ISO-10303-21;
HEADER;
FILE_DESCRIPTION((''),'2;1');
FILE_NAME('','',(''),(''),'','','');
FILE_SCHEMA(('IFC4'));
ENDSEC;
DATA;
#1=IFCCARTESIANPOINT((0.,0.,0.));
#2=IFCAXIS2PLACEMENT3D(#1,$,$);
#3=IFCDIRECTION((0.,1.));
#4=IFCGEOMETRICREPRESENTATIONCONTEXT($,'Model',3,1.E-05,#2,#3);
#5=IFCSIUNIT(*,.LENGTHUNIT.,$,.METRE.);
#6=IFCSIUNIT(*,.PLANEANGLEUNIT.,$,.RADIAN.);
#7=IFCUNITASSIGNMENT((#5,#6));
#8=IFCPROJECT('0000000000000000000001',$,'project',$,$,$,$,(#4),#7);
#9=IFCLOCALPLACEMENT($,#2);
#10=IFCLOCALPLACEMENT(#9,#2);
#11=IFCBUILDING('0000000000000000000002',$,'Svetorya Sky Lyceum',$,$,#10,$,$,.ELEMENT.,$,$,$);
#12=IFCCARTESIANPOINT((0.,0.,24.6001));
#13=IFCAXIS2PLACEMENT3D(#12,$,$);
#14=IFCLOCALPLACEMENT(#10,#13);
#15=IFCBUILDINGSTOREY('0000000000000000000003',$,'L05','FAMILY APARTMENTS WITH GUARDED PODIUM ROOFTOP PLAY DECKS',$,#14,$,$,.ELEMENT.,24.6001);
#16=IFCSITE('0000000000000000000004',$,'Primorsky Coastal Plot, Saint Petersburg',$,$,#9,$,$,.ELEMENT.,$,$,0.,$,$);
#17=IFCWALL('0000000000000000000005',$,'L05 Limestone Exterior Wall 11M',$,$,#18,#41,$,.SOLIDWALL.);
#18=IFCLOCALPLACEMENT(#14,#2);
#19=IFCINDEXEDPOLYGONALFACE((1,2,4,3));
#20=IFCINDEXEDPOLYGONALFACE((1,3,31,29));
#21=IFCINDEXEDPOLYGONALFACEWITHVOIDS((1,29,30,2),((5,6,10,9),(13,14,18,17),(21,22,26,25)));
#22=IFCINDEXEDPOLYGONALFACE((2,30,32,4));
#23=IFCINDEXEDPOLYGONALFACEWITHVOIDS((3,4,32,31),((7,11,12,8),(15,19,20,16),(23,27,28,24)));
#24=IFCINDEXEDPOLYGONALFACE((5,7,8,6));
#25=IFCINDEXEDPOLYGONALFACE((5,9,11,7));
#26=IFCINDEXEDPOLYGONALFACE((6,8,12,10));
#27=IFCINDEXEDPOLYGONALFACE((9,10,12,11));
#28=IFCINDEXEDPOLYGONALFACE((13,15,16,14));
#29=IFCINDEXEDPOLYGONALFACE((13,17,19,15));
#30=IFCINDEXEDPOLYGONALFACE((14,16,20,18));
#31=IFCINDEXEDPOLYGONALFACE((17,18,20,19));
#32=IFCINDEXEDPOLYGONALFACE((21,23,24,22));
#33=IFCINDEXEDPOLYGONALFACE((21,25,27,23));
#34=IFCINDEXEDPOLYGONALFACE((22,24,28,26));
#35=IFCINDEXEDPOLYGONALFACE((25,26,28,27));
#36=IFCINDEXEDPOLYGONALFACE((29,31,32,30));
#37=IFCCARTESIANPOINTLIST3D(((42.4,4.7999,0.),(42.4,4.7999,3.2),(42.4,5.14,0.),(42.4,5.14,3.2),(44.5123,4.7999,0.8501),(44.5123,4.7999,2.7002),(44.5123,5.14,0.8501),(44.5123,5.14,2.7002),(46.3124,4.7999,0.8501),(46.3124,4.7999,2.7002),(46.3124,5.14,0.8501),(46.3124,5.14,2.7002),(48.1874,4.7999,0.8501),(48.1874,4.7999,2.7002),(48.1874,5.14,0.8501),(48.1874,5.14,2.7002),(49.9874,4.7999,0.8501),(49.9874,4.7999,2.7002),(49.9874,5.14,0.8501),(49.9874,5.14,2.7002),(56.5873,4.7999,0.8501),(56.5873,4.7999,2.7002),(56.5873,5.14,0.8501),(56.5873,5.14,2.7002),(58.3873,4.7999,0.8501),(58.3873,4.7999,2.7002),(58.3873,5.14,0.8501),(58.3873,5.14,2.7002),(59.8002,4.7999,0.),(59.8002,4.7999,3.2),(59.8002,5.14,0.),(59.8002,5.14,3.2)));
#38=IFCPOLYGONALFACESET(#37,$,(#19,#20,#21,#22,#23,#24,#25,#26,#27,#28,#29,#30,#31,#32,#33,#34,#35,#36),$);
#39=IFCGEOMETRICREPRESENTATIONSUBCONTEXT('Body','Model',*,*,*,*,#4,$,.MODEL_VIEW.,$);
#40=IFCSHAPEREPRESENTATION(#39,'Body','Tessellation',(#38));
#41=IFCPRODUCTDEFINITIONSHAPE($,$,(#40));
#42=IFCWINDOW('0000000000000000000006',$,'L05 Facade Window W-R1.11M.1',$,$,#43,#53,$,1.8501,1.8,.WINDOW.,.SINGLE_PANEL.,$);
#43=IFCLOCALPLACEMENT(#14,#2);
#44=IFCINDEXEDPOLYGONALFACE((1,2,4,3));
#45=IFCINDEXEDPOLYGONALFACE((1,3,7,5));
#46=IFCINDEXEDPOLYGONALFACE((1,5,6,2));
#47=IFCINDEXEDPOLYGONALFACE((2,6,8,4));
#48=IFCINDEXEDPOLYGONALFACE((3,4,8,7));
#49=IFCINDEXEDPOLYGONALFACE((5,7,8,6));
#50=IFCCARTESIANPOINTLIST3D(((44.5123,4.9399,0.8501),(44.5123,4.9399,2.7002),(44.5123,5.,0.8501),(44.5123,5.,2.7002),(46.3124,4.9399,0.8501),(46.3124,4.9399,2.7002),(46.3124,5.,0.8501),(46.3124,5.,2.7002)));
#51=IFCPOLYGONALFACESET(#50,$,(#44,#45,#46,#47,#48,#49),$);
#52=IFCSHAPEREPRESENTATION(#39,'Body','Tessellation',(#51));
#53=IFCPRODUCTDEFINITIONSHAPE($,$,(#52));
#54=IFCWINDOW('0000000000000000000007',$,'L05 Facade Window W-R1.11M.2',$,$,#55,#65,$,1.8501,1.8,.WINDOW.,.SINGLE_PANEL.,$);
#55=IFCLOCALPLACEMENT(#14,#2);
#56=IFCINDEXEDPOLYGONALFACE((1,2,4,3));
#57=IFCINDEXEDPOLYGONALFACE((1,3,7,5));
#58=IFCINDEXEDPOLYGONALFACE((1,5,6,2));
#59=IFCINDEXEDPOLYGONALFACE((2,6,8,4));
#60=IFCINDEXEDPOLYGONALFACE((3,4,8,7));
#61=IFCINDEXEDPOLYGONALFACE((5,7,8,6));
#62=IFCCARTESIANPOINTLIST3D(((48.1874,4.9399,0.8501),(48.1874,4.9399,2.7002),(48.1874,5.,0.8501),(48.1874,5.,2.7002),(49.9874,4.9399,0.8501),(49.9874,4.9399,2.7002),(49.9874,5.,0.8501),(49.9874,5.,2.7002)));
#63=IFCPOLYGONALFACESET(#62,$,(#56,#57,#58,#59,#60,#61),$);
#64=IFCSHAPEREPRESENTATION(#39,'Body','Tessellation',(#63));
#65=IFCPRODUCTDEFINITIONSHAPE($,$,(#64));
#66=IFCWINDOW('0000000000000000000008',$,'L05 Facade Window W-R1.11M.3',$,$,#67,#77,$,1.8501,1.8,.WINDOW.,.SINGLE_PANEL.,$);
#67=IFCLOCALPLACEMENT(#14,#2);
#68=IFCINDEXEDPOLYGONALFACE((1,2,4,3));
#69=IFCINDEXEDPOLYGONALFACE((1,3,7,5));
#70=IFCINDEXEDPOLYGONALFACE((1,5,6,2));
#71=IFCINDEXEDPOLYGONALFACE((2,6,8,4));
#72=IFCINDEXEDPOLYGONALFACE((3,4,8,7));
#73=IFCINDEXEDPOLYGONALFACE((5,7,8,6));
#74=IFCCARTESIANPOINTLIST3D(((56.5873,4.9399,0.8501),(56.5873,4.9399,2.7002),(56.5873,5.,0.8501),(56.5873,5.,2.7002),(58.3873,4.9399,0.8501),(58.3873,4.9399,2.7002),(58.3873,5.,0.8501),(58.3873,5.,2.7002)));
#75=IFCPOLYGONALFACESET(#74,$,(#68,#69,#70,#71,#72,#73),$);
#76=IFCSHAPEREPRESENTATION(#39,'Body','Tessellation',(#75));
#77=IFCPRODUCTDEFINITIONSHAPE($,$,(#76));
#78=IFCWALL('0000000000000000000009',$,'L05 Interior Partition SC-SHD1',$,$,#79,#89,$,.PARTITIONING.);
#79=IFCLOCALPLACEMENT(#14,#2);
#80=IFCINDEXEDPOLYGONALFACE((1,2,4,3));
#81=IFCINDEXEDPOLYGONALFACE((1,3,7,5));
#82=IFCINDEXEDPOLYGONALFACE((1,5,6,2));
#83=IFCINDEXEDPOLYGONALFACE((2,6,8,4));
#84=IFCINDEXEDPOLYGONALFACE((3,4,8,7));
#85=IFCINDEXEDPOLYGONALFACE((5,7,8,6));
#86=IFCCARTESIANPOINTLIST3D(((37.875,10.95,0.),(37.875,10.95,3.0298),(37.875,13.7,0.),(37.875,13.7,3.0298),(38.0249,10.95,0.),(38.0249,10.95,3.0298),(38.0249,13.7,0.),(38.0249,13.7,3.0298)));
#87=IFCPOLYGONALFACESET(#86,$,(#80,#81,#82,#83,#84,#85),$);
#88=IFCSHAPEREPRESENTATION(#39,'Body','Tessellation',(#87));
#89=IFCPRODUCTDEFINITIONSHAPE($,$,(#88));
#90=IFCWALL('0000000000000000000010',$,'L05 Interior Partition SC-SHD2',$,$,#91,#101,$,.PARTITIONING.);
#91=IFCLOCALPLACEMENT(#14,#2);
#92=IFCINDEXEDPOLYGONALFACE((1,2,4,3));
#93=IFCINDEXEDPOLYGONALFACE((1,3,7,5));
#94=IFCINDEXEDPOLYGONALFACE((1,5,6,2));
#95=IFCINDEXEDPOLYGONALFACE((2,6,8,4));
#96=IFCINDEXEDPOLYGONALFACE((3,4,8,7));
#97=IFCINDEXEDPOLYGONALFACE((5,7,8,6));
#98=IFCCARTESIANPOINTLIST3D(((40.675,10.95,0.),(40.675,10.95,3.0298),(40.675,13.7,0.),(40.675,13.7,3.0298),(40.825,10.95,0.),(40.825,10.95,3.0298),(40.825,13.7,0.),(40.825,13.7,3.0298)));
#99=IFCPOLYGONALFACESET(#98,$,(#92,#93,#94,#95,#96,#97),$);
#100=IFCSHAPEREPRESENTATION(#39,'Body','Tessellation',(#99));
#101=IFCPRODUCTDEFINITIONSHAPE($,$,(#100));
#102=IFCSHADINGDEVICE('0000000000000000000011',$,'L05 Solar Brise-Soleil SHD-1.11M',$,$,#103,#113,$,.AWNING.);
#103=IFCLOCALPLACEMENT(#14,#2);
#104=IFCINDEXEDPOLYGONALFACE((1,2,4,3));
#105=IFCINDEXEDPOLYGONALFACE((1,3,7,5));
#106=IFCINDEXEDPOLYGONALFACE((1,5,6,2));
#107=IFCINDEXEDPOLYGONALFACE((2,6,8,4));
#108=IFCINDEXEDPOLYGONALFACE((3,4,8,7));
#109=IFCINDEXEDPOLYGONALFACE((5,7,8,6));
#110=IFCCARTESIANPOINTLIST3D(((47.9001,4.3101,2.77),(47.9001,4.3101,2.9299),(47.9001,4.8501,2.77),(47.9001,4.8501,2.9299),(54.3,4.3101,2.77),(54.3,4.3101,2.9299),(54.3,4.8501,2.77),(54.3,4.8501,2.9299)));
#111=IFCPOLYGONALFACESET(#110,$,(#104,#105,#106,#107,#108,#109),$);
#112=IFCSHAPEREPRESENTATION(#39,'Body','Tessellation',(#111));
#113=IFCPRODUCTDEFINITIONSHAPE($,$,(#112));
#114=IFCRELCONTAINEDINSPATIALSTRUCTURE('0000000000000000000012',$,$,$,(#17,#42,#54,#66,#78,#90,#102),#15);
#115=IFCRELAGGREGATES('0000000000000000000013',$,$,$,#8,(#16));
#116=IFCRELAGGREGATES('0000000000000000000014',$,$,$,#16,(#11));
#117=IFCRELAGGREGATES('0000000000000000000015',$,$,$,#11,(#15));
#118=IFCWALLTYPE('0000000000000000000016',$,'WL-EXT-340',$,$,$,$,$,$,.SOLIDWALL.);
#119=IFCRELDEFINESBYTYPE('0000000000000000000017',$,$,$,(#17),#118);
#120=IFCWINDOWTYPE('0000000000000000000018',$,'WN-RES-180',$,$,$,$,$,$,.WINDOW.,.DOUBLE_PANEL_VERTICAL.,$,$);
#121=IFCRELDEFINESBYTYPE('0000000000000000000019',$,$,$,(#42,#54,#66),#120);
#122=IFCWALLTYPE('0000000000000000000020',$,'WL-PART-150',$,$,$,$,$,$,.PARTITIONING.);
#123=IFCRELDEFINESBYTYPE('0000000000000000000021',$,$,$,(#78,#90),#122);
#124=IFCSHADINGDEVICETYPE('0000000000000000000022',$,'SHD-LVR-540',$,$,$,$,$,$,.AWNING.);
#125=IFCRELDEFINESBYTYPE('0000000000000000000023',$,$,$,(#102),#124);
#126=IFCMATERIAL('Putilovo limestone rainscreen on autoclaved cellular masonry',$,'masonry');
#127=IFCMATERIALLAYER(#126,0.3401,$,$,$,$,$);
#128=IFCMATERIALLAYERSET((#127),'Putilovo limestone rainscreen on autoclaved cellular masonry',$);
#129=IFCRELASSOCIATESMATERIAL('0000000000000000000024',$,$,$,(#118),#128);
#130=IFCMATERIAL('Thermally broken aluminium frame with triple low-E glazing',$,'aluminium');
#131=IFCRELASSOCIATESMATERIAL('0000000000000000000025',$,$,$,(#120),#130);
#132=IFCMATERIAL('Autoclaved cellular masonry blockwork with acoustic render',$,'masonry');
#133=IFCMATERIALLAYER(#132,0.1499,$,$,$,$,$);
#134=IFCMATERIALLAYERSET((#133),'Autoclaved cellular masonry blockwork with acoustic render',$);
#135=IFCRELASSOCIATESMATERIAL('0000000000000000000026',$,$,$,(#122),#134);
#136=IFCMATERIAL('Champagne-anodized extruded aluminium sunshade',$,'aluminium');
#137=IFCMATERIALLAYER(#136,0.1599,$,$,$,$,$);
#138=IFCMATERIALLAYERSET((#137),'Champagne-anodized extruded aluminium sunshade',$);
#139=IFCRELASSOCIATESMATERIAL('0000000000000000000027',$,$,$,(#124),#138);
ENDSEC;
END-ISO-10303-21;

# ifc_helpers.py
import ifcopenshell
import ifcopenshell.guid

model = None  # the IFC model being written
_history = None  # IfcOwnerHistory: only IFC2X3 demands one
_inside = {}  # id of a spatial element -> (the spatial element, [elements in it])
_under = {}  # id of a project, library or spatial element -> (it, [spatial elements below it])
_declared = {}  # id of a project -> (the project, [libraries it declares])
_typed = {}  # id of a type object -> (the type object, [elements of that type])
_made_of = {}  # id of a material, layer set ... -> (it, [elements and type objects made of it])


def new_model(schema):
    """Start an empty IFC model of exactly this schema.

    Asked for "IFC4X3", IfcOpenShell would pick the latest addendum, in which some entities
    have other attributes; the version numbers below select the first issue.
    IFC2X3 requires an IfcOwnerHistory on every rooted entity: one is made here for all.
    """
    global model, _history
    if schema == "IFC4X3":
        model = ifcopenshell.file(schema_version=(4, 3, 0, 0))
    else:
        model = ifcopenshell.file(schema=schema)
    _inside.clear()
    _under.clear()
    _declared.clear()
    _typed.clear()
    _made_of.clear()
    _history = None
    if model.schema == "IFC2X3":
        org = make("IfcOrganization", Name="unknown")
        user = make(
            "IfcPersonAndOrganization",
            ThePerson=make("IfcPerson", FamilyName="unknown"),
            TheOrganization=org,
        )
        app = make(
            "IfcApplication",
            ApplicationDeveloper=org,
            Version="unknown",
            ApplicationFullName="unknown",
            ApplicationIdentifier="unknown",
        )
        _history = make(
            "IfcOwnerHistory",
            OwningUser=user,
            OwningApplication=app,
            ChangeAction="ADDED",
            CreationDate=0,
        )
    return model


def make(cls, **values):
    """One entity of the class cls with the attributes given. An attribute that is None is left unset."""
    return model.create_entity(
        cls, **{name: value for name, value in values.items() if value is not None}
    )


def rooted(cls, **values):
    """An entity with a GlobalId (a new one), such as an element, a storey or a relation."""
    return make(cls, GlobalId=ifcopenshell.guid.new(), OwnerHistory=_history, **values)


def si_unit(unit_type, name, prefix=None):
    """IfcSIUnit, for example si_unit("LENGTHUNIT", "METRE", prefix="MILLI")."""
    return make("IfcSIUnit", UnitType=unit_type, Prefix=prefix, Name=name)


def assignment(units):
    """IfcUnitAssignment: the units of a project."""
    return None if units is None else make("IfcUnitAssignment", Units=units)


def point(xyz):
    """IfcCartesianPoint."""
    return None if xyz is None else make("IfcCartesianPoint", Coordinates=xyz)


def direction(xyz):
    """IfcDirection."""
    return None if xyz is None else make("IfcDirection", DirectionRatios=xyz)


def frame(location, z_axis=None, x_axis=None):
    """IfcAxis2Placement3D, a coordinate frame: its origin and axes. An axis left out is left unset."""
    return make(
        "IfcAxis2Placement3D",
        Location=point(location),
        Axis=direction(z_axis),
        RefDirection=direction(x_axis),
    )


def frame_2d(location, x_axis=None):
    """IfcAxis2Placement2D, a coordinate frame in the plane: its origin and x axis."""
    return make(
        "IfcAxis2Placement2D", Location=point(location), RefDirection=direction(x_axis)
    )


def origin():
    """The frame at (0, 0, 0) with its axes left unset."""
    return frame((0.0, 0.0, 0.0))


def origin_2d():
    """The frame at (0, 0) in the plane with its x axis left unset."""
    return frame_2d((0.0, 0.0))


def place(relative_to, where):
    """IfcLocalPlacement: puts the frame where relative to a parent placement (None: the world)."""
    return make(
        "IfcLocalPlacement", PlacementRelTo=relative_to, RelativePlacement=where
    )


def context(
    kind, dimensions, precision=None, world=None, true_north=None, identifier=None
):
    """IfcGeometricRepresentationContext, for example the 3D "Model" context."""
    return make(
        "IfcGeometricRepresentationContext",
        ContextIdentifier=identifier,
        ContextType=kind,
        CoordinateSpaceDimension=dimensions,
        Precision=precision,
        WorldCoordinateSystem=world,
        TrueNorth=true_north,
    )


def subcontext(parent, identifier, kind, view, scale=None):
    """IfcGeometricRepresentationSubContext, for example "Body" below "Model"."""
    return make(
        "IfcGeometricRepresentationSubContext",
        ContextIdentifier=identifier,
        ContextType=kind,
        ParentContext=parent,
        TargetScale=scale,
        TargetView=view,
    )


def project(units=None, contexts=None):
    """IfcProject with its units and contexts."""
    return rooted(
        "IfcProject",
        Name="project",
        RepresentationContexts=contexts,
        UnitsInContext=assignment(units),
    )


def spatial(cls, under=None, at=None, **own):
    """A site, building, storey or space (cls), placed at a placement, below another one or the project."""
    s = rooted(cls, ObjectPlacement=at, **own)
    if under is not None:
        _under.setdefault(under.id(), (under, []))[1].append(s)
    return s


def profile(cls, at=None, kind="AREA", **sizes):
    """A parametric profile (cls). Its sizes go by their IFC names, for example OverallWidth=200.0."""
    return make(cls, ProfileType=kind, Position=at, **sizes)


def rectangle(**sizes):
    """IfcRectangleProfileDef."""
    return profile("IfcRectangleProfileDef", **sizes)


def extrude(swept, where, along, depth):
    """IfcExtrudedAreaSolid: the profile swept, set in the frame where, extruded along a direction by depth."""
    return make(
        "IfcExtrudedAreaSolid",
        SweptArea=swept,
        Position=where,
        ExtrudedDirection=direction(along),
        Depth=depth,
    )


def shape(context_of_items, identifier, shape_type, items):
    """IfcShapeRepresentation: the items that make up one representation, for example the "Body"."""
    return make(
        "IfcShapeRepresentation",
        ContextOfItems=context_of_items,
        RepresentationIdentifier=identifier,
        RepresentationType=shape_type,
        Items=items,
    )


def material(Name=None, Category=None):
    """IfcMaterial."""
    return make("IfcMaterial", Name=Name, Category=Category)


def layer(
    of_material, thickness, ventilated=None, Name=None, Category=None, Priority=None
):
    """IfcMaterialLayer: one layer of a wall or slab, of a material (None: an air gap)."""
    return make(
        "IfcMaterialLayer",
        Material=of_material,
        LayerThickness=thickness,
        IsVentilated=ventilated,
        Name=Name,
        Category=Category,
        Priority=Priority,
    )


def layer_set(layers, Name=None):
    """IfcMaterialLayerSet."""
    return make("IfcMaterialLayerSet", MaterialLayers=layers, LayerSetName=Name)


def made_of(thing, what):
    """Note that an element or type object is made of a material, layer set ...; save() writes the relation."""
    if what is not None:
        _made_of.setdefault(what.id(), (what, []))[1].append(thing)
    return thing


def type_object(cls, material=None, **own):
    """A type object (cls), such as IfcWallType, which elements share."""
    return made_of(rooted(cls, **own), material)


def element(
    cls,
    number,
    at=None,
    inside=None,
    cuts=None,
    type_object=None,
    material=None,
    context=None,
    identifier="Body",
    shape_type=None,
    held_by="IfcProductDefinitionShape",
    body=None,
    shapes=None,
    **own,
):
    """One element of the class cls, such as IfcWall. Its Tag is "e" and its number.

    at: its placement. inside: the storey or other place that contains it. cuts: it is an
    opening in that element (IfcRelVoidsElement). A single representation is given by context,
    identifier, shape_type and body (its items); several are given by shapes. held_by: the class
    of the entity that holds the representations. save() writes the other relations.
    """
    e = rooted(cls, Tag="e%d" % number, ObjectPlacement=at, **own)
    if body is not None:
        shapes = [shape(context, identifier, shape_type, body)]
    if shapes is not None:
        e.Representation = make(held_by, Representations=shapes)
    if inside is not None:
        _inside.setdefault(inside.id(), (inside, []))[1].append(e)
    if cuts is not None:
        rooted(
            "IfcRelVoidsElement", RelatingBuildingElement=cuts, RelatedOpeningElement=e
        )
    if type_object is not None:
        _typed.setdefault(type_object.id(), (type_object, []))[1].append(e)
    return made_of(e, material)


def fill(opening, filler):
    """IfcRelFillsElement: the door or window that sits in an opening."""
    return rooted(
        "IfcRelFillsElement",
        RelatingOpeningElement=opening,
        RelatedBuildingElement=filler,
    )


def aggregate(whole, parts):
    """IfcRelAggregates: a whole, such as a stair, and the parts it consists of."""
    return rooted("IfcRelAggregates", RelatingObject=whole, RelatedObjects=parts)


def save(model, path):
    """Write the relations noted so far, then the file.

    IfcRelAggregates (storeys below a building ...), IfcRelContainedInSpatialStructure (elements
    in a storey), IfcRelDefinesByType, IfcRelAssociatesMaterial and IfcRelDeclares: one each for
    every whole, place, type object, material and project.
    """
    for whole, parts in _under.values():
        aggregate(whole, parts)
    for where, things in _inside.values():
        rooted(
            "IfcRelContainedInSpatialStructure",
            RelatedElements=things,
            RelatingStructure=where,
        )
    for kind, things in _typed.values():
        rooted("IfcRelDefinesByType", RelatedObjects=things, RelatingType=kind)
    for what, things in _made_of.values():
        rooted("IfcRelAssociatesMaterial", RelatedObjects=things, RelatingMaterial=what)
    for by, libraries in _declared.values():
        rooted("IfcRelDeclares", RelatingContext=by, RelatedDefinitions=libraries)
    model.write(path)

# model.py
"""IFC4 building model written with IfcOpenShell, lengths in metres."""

from ifc_helpers import new_model, si_unit, direction, frame, frame_2d, origin, origin_2d, place, context, subcontext, project, spatial, rectangle, extrude, material, layer, layer_set, type_object, element, fill, save


model = new_model("IFC4")

# Units and contexts
model_context = context("Model", 3, precision=1e-05, world=origin(), true_north=direction((0.0, 1.0)))
body_context = subcontext(model_context, "Body", "Model", "MODEL_VIEW")
ifc_project = project(units=[si_unit("LENGTHUNIT", "METRE"), si_unit("PLANEANGLEUNIT", "RADIAN")], contexts=[model_context])

# Site, building, storey
site_placement = place(None, origin())
site = spatial("IfcSite", under=ifc_project, at=site_placement, Name="Primorsky Coastal Plot, Saint Petersburg", CompositionType="ELEMENT", RefElevation=0.0)
building_placement = place(site_placement, origin())
building = spatial("IfcBuilding", under=site, at=building_placement, Name="Svetorya Sky Lyceum", CompositionType="ELEMENT")
storey_placement = place(building_placement, frame((0.0, 0.0, 24.6001)))
storey = spatial("IfcBuildingStorey", under=building, at=storey_placement, Name="L05", Description="FAMILY APARTMENTS WITH GUARDED PODIUM ROOFTOP PLAY DECKS", CompositionType="ELEMENT", Elevation=24.6001)

# Shared definitions
ifc_material_1 = material(Name="Putilovo limestone rainscreen on autoclaved cellular masonry", Category="masonry")
ifc_layer_1 = layer(ifc_material_1, 0.3401)
ifc_layer_set_1 = layer_set([ifc_layer_1], Name="Putilovo limestone rainscreen on autoclaved cellular masonry")
wall_type_1 = type_object("IfcWallType", Name="WL-EXT-340", PredefinedType="SOLIDWALL", material=ifc_layer_set_1)

# Wall, openings, windows
wall_1_placement = place(storey_placement, frame((42.3999, 4.97, 0.0), z_axis=(0.0, 0.0, 1.0), x_axis=(1.0, 0.0, 0.0)))
wall_1 = element("IfcWall", 1, at=wall_1_placement, inside=storey, type_object=wall_type_1, Name="L05 Limestone Exterior Wall 11M", PredefinedType="SOLIDWALL", context=body_context, shape_type="SweptSolid", body=[
    extrude(rectangle(XDim=17.4001, YDim=0.3401, at=frame_2d((8.7002, 0.0))), origin(), (0.0, 0.0, 1.0), 3.2),
])
opening_1_placement = place(wall_1_placement, frame((2.1125, 0.0, 0.8501)))
opening_1 = element("IfcOpeningElement", 2, at=opening_1_placement, cuts=wall_1, PredefinedType="OPENING", context=body_context, shape_type="SweptSolid", body=[
    extrude(rectangle(XDim=1.8, YDim=1.8501, at=frame_2d((0.8999, 0.925))), frame((0.0, 0.1799, 0.0), z_axis=(0.0, -1.0, 0.0), x_axis=(1.0, 0.0, 0.0)), (0.0, 0.0, 1.0), 0.3601),
])
opening_2_placement = place(wall_1_placement, frame((5.7876, 0.0, 0.8501)))
opening_2 = element("IfcOpeningElement", 3, at=opening_2_placement, cuts=wall_1, PredefinedType="OPENING", context=body_context, shape_type="SweptSolid", body=[
    extrude(rectangle(XDim=1.8, YDim=1.8501, at=frame_2d((0.8999, 0.925))), frame((0.0, 0.1799, 0.0), z_axis=(0.0, -1.0, 0.0), x_axis=(1.0, 0.0, 0.0)), (0.0, 0.0, 1.0), 0.3601),
])
opening_3_placement = place(wall_1_placement, frame((14.1875, 0.0, 0.8501)))
opening_3 = element("IfcOpeningElement", 4, at=opening_3_placement, cuts=wall_1, PredefinedType="OPENING", context=body_context, shape_type="SweptSolid", body=[
    extrude(rectangle(XDim=1.8, YDim=1.8501, at=frame_2d((0.8999, 0.925))), frame((0.0, 0.1799, 0.0), z_axis=(0.0, -1.0, 0.0), x_axis=(1.0, 0.0, 0.0)), (0.0, 0.0, 1.0), 0.3601),
])
ifc_material_2 = material(Name="Thermally broken aluminium frame with triple low-E glazing", Category="aluminium")
window_type = type_object("IfcWindowType", Name="WN-RES-180", PartitioningType="DOUBLE_PANEL_VERTICAL", PredefinedType="WINDOW", material=ifc_material_2)
window_1_placement = place(opening_1_placement, origin())
window_1 = element("IfcWindow", 5, at=window_1_placement, inside=storey, type_object=window_type, Name="L05 Facade Window W-R1.11M.1", OverallHeight=1.8501, OverallWidth=1.8, PartitioningType="SINGLE_PANEL", PredefinedType="WINDOW", context=body_context, shape_type="SweptSolid", body=[
    extrude(rectangle(XDim=1.8, YDim=1.8501, at=frame_2d((0.8999, 0.925))), frame((0.0, 0.03, 0.0), z_axis=(0.0, -1.0, 0.0), x_axis=(1.0, 0.0, 0.0)), (0.0, 0.0, 1.0), 0.0601),
])
fill(opening_1, window_1)
window_2_placement = place(opening_2_placement, origin())
window_2 = element("IfcWindow", 6, at=window_2_placement, inside=storey, type_object=window_type, Name="L05 Facade Window W-R1.11M.2", OverallHeight=1.8501, OverallWidth=1.8, PartitioningType="SINGLE_PANEL", PredefinedType="WINDOW", context=body_context, shape_type="SweptSolid", body=[
    extrude(rectangle(XDim=1.8, YDim=1.8501, at=frame_2d((0.8999, 0.925))), frame((0.0, 0.03, 0.0), z_axis=(0.0, -1.0, 0.0), x_axis=(1.0, 0.0, 0.0)), (0.0, 0.0, 1.0), 0.0601),
])
fill(opening_2, window_2)
window_3_placement = place(opening_3_placement, origin())
window_3 = element("IfcWindow", 7, at=window_3_placement, inside=storey, type_object=window_type, Name="L05 Facade Window W-R1.11M.3", OverallHeight=1.8501, OverallWidth=1.8, PartitioningType="SINGLE_PANEL", PredefinedType="WINDOW", context=body_context, shape_type="SweptSolid", body=[
    extrude(rectangle(XDim=1.8, YDim=1.8501, at=frame_2d((0.8999, 0.925))), frame((0.0, 0.03, 0.0), z_axis=(0.0, -1.0, 0.0), x_axis=(1.0, 0.0, 0.0)), (0.0, 0.0, 1.0), 0.0601),
])
fill(opening_3, window_3)

# Walls
ifc_material_3 = material(Name="Autoclaved cellular masonry blockwork with acoustic render", Category="masonry")
ifc_layer_2 = layer(ifc_material_3, 0.1499)
ifc_layer_set_2 = layer_set([ifc_layer_2], Name="Autoclaved cellular masonry blockwork with acoustic render")
wall_type_2 = type_object("IfcWallType", Name="WL-PART-150", PredefinedType="PARTITIONING", material=ifc_layer_set_2)
for number, where, z_axis, x_axis, name in (
    (8, (37.95, 10.95, 0.0), (0.0, 0.0, 1.0), (0.0, 1.0, 0.0), "L05 Interior Partition SC-SHD1"),
    (9, (40.75, 10.95, 0.0), (0.0, 0.0, 1.0), (0.0, 1.0, 0.0), "L05 Interior Partition SC-SHD2"),
):
    element("IfcWall", number, at=place(storey_placement, frame(where, z_axis=z_axis, x_axis=x_axis)), inside=storey, type_object=wall_type_2, Name=name, PredefinedType="PARTITIONING", context=body_context, shape_type="SweptSolid", body=[
        extrude(rectangle(XDim=2.75, YDim=0.1499, at=frame_2d((1.375, 0.0))), origin(), (0.0, 0.0, 1.0), 3.0298),
    ])

# Shading device
ifc_material_4 = material(Name="Champagne-anodized extruded aluminium sunshade", Category="aluminium")
ifc_layer_3 = layer(ifc_material_4, 0.1599)
ifc_layer_set_3 = layer_set([ifc_layer_3], Name="Champagne-anodized extruded aluminium sunshade")
shading_device_type = type_object("IfcShadingDeviceType", Name="SHD-LVR-540", PredefinedType="AWNING", material=ifc_layer_set_3)
shading_device_placement = place(storey_placement, frame((51.1001, 4.5801, 2.77), z_axis=(0.0, 0.0, 1.0), x_axis=(1.0, 0.0, 0.0)))
element("IfcShadingDevice", 10, at=shading_device_placement, inside=storey, type_object=shading_device_type, Name="L05 Solar Brise-Soleil SHD-1.11M", PredefinedType="AWNING", context=body_context, shape_type="SweptSolid", body=[
    extrude(rectangle(XDim=6.3999, YDim=0.54, at=origin_2d()), origin(), (0.0, 0.0, 1.0), 0.1599),
])

save(model, "model.ifc")
